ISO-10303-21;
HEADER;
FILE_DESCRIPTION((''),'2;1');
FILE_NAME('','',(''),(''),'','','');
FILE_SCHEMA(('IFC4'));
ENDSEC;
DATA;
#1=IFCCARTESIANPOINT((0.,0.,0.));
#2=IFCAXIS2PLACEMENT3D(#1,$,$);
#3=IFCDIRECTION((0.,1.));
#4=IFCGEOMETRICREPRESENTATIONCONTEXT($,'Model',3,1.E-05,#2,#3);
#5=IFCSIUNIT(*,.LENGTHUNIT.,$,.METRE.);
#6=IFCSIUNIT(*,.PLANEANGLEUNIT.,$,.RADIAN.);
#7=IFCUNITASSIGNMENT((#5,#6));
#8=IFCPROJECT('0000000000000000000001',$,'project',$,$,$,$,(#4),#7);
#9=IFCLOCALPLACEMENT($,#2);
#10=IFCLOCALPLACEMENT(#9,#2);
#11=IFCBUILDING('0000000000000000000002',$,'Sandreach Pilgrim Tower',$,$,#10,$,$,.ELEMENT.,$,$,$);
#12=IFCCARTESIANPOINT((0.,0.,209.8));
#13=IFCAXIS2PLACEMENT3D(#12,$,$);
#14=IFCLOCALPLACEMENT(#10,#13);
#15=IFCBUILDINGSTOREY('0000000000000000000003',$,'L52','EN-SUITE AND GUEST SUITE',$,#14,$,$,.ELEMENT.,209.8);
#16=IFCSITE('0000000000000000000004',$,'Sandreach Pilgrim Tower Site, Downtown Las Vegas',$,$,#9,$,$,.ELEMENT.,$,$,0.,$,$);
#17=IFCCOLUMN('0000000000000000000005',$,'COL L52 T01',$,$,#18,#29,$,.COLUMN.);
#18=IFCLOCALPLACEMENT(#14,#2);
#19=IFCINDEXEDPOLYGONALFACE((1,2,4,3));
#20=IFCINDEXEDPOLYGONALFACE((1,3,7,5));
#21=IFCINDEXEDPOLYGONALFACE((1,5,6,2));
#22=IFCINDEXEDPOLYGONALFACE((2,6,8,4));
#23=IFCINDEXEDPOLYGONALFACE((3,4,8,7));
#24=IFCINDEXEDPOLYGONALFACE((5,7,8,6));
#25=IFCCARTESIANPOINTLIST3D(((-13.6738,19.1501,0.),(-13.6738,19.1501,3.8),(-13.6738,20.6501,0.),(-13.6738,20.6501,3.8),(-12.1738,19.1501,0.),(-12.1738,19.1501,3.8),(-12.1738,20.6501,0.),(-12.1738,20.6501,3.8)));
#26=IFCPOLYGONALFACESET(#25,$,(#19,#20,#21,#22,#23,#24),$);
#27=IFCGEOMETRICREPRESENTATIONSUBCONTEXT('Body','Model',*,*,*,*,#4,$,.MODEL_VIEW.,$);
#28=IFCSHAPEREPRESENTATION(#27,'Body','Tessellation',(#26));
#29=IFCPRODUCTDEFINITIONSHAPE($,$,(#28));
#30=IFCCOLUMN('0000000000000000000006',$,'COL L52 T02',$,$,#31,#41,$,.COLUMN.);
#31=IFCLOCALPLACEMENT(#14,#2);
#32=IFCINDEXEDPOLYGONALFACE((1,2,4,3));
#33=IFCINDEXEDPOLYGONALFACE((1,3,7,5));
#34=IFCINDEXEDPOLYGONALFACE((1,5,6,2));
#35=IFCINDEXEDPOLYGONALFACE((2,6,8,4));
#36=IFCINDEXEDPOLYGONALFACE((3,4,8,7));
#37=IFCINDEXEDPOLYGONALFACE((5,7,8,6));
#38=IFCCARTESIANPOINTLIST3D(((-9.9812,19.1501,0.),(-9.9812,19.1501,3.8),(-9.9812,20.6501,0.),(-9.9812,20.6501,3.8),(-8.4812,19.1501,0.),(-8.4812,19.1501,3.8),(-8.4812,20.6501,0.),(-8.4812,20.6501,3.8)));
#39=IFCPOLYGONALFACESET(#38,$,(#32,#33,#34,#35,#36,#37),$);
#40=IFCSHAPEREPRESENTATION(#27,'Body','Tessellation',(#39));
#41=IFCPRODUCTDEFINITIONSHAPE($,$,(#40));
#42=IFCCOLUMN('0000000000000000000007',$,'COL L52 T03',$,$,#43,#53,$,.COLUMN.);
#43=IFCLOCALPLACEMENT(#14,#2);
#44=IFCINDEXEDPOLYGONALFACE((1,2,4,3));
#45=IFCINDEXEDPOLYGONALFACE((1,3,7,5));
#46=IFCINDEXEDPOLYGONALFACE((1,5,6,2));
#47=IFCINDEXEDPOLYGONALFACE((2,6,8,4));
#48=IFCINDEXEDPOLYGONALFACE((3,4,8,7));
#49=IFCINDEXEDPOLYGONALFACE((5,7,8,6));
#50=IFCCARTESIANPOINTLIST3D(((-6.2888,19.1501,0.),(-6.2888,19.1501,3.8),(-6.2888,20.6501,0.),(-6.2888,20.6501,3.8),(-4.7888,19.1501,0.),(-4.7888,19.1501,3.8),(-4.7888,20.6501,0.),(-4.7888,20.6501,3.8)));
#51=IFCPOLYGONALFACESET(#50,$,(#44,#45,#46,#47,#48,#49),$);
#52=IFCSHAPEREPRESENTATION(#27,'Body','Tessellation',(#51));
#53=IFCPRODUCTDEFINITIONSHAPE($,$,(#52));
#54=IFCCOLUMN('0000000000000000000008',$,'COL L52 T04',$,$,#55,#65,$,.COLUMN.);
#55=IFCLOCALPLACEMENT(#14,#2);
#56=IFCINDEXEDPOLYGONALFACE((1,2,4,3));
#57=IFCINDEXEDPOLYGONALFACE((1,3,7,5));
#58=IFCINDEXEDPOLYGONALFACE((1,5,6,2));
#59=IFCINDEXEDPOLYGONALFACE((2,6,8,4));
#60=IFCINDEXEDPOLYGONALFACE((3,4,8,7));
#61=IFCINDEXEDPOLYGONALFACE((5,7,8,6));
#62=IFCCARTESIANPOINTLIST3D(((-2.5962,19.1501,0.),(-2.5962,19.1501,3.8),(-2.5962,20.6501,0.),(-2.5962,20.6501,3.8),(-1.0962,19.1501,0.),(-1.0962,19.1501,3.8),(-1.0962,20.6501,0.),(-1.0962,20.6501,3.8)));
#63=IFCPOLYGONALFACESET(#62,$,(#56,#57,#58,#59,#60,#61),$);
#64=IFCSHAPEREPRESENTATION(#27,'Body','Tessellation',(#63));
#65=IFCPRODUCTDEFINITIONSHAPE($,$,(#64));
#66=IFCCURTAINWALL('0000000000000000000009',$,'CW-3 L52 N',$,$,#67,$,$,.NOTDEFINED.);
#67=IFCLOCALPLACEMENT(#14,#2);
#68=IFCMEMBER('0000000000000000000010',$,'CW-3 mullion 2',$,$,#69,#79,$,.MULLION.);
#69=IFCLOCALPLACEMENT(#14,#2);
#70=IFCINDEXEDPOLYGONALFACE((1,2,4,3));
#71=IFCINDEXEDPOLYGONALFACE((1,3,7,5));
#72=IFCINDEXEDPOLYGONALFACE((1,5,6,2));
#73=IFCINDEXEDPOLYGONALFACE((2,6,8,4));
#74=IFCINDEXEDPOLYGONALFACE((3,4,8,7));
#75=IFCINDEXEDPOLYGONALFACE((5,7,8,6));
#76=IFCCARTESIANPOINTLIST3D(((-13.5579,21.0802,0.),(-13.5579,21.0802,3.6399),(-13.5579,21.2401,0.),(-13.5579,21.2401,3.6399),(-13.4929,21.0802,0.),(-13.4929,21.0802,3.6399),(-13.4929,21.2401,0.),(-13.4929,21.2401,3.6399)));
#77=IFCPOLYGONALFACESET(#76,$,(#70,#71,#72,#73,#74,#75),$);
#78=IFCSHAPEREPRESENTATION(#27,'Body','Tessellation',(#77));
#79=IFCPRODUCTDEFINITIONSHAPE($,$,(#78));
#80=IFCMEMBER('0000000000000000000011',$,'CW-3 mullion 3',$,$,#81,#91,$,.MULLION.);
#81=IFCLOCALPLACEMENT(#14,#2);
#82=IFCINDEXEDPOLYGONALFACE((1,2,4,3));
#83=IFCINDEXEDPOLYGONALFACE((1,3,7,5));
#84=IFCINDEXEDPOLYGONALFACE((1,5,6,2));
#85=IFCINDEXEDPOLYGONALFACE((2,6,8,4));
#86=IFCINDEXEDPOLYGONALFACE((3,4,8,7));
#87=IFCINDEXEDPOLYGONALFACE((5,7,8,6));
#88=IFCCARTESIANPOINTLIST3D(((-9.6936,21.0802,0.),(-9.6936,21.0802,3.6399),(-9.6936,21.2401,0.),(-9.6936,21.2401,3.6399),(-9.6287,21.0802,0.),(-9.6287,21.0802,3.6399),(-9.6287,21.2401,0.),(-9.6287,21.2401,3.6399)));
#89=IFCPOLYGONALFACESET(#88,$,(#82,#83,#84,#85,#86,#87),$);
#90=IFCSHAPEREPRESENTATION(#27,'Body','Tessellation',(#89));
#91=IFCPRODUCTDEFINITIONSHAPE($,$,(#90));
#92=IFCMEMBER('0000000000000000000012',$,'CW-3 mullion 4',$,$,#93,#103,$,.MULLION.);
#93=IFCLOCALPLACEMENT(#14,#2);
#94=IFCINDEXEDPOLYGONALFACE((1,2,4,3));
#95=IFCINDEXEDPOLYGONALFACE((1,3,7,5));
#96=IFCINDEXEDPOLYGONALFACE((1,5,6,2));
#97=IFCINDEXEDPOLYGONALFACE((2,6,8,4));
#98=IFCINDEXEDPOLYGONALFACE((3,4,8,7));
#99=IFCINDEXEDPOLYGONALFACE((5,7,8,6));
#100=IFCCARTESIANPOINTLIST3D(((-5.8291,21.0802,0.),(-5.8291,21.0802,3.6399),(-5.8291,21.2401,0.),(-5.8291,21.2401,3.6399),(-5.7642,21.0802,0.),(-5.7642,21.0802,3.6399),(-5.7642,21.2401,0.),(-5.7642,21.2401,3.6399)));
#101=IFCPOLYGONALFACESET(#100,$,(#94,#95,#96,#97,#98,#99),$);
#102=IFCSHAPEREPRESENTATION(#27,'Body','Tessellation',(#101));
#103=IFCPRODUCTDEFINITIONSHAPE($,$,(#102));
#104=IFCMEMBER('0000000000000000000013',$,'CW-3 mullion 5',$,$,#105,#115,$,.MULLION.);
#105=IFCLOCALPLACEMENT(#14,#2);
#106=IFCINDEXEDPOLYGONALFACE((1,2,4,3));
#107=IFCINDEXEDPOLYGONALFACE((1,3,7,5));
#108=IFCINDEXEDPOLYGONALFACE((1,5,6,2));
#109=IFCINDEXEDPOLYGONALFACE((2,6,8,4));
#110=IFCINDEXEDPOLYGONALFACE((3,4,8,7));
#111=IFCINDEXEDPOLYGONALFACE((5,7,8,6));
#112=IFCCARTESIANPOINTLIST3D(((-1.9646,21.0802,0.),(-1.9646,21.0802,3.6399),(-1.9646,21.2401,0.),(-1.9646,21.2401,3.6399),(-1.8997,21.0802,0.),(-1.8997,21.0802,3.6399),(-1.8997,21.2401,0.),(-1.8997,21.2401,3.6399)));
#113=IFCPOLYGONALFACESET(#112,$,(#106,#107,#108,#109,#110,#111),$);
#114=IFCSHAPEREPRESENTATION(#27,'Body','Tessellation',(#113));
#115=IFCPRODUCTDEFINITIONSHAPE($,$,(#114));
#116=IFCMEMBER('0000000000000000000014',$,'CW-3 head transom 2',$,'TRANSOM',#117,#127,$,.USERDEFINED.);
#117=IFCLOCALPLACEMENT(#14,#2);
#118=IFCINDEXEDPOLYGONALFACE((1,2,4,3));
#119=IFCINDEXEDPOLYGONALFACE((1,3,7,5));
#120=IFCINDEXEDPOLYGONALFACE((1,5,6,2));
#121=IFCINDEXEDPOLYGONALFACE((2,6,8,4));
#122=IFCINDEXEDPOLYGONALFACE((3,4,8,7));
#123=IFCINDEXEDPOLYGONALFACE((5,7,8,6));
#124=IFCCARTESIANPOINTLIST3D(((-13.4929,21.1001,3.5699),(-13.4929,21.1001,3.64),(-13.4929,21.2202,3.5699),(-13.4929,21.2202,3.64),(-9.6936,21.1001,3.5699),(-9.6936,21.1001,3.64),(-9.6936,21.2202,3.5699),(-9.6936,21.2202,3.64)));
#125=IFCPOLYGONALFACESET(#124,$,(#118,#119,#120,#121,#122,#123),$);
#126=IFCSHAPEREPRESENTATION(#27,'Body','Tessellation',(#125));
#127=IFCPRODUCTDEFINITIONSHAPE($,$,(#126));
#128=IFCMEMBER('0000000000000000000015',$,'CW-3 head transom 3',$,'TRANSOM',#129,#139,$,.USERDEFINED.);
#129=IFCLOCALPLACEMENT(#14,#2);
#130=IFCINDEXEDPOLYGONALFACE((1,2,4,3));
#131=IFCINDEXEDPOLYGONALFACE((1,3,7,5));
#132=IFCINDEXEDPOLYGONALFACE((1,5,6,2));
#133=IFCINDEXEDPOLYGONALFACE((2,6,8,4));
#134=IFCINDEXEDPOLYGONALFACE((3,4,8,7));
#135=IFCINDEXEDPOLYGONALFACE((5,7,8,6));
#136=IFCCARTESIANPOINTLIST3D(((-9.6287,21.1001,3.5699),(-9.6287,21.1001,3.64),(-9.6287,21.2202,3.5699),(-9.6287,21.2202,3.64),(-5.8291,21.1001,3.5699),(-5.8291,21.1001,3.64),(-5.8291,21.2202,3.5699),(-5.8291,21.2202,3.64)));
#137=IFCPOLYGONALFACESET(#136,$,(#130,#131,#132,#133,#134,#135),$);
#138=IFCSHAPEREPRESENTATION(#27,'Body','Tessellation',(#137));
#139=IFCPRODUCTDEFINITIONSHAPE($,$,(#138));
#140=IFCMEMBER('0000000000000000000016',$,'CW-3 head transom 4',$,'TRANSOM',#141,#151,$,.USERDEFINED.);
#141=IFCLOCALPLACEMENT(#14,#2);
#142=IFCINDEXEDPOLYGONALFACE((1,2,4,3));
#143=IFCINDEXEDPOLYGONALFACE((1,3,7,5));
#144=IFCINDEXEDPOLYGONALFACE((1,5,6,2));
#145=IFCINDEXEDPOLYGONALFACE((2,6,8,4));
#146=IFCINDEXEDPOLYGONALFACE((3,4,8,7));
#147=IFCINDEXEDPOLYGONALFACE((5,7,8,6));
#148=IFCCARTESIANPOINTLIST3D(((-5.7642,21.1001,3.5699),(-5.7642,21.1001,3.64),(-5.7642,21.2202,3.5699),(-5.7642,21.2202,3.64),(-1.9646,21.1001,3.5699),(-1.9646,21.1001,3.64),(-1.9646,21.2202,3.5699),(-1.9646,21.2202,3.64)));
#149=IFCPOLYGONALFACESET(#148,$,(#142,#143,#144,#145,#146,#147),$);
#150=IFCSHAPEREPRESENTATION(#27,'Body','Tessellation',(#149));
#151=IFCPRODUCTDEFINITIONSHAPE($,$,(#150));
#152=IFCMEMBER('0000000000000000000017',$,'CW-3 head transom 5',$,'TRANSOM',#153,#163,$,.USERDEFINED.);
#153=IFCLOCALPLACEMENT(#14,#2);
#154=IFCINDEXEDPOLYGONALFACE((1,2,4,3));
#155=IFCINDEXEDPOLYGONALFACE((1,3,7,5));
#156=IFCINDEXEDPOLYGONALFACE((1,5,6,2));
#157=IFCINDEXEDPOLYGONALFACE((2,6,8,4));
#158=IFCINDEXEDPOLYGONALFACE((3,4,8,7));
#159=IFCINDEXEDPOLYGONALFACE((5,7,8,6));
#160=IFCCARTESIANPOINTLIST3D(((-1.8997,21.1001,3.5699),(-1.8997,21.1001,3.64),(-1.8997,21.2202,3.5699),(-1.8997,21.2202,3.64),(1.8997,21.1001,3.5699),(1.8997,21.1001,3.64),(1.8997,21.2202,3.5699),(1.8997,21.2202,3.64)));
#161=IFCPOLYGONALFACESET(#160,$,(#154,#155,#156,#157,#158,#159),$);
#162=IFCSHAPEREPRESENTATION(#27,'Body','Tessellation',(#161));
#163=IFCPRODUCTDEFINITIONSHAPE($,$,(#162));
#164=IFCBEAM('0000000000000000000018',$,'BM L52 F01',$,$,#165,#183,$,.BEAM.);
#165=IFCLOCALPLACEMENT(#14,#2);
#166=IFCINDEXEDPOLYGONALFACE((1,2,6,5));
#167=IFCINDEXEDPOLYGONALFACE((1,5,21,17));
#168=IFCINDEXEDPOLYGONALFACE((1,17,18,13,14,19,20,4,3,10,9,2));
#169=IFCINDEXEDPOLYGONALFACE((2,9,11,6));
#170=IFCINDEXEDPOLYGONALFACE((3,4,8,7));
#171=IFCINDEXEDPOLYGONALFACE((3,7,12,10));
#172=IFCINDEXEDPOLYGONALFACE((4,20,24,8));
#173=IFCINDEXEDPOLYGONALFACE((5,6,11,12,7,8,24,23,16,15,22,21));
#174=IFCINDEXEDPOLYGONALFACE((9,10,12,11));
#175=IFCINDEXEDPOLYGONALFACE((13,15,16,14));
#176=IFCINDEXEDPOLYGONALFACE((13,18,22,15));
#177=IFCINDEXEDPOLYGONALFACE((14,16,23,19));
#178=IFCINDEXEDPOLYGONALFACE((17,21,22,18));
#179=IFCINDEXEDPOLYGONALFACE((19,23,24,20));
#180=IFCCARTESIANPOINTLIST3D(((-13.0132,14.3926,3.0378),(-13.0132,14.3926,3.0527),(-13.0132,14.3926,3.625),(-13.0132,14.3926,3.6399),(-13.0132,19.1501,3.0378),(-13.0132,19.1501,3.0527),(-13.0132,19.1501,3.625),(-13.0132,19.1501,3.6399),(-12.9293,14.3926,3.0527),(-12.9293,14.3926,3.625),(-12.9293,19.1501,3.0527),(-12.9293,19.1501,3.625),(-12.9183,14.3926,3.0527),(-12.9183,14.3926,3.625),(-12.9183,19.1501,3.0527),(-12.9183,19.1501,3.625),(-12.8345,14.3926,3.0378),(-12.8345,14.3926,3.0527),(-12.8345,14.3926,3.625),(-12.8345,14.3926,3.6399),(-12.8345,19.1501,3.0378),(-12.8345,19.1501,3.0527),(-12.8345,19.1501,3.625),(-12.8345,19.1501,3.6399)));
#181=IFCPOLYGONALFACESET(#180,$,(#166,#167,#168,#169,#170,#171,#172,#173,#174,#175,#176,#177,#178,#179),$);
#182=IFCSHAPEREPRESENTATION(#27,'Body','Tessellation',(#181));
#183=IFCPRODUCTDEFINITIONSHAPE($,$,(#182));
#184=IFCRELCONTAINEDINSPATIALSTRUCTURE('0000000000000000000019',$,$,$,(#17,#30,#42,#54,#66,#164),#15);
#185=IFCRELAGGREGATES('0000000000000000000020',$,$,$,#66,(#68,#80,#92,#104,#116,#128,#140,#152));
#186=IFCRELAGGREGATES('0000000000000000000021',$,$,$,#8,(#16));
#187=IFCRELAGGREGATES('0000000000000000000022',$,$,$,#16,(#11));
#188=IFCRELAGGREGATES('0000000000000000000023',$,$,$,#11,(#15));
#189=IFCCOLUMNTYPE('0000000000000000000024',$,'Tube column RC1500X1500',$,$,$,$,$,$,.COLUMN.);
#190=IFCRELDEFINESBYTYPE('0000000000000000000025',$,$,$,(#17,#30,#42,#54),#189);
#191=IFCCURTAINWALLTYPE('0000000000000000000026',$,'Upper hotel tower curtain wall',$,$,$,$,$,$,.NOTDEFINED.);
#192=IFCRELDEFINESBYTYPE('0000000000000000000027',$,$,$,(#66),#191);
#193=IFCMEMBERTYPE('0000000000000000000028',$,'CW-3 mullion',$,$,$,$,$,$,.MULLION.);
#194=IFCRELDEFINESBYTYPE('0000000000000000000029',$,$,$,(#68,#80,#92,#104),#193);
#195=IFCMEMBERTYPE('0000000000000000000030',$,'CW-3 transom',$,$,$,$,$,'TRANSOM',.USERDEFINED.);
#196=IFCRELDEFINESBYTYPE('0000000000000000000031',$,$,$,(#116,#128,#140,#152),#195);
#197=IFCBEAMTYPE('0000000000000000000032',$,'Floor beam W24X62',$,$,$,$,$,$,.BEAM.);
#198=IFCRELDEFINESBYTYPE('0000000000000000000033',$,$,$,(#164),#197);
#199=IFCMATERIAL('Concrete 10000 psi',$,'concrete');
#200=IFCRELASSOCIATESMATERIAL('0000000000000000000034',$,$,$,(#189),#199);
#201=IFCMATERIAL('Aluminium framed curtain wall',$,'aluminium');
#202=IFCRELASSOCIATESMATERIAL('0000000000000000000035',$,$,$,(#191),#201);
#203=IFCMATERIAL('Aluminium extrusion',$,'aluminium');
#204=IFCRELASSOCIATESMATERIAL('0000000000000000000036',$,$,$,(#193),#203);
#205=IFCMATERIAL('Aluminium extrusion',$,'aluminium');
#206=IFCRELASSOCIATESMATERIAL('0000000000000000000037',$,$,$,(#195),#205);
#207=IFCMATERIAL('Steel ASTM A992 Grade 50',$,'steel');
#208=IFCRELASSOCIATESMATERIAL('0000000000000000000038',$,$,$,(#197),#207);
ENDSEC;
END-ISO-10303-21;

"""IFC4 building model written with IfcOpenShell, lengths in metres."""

from ifc_helpers import new_model, si_unit, direction, frame, origin, origin_2d, place, context, subcontext, project, spatial, rectangle, i_section, extrude, material, material_profile, profile_set, type_object, element, aggregate, save


model = new_model("IFC4")

# Units and contexts
model_context = context("Model", 3, precision=1e-05, world=origin(), true_north=direction((0.0, 1.0)))
body_context = subcontext(model_context, "Body", "Model", "MODEL_VIEW")
ifc_project = project(units=[si_unit("LENGTHUNIT", "METRE"), si_unit("PLANEANGLEUNIT", "RADIAN")], contexts=[model_context])

# Site, building, storey
site_placement = place(None, origin())
site = spatial("IfcSite", under=ifc_project, at=site_placement, Name="Sandreach Pilgrim Tower Site, Downtown Las Vegas", CompositionType="ELEMENT", RefElevation=0.0)
building_placement = place(site_placement, origin())
building = spatial("IfcBuilding", under=site, at=building_placement, Name="Sandreach Pilgrim Tower", CompositionType="ELEMENT")
storey_placement = place(building_placement, frame((0.0, 0.0, 209.8)))
storey = spatial("IfcBuildingStorey", under=building, at=storey_placement, Name="L52", Description="EN-SUITE AND GUEST SUITE", CompositionType="ELEMENT", Elevation=209.8)

# Columns
ifc_material_1 = material(Name="Concrete 10000 psi", Category="concrete")
ifc_material_profile_1 = material_profile(ifc_material_1, rectangle(XDim=1.5, YDim=1.5, at=origin_2d()), Name="RC1500X1500")
ifc_profile_set_1 = profile_set([ifc_material_profile_1], Name="Concrete 10000 psi")
column_type = type_object("IfcColumnType", Name="Tube column RC1500X1500", PredefinedType="COLUMN", material=ifc_profile_set_1)
for number, where, z_axis, x_axis, name in (
    (1, (-12.9238, 19.9001, 0.0), (0.0, 0.0, 1.0), (0.0, 1.0, 0.0), "COL L52 T01"),
    (2, (-9.2312, 19.9001, 0.0), (0.0, 0.0, 1.0), (0.0, 1.0, 0.0), "COL L52 T02"),
    (3, (-5.5388, 19.9001, 0.0), (0.0, 0.0, 1.0), (0.0, 1.0, 0.0), "COL L52 T03"),
    (4, (-1.8462, 19.9001, 0.0), (0.0, 0.0, 1.0), (0.0, 1.0, 0.0), "COL L52 T04"),
):
    element("IfcColumn", number, at=place(storey_placement, frame(where, z_axis=z_axis, x_axis=x_axis)), inside=storey, type_object=column_type, Name=name, PredefinedType="COLUMN", context=body_context, shape_type="SweptSolid", body=[
        extrude(rectangle(XDim=1.5, YDim=1.5, at=origin_2d()), origin(), (0.0, 0.0, 1.0), 3.8),
    ])

# Curtain wall, members
ifc_material_2 = material(Name="Aluminium framed curtain wall", Category="aluminium")
curtain_wall_type = type_object("IfcCurtainWallType", Name="Upper hotel tower curtain wall", PredefinedType="NOTDEFINED", material=ifc_material_2)
curtain_wall_placement = place(storey_placement, origin())
curtain_wall = element("IfcCurtainWall", 5, at=curtain_wall_placement, inside=storey, type_object=curtain_wall_type, Name="CW-3 L52 N", PredefinedType="NOTDEFINED")
ifc_material_3 = material(Name="Aluminium extrusion", Category="aluminium")
ifc_material_profile_2 = material_profile(ifc_material_3, rectangle(XDim=0.0649, YDim=0.1599, at=origin_2d()), Name="CW-3M 65X160")
ifc_profile_set_2 = profile_set([ifc_material_profile_2], Name="Aluminium extrusion")
member_type_1 = type_object("IfcMemberType", Name="CW-3 mullion", PredefinedType="MULLION", material=ifc_profile_set_2)
member_1_placement = place(storey_placement, frame((-13.5254, 21.1602, 0.0), z_axis=(0.0, 0.0, 1.0), x_axis=(1.0, 0.0, 0.0)))
member_1 = element("IfcMember", 6, at=member_1_placement, type_object=member_type_1, Name="CW-3 mullion 2", PredefinedType="MULLION", context=body_context, shape_type="SweptSolid", body=[
    extrude(rectangle(XDim=0.0649, YDim=0.1599, at=origin_2d()), origin(), (0.0, 0.0, 1.0), 3.6399),
])
member_2_placement = place(storey_placement, frame((-9.6611, 21.1602, 0.0), z_axis=(0.0, 0.0, 1.0), x_axis=(1.0, 0.0, 0.0)))
member_2 = element("IfcMember", 7, at=member_2_placement, type_object=member_type_1, Name="CW-3 mullion 3", PredefinedType="MULLION", context=body_context, shape_type="SweptSolid", body=[
    extrude(rectangle(XDim=0.0649, YDim=0.1599, at=origin_2d()), origin(), (0.0, 0.0, 1.0), 3.6399),
])
member_3_placement = place(storey_placement, frame((-5.7966, 21.1602, 0.0), z_axis=(0.0, 0.0, 1.0), x_axis=(1.0, 0.0, 0.0)))
member_3 = element("IfcMember", 8, at=member_3_placement, type_object=member_type_1, Name="CW-3 mullion 4", PredefinedType="MULLION", context=body_context, shape_type="SweptSolid", body=[
    extrude(rectangle(XDim=0.0649, YDim=0.1599, at=origin_2d()), origin(), (0.0, 0.0, 1.0), 3.6399),
])
member_4_placement = place(storey_placement, frame((-1.9321, 21.1602, 0.0), z_axis=(0.0, 0.0, 1.0), x_axis=(1.0, 0.0, 0.0)))
member_4 = element("IfcMember", 9, at=member_4_placement, type_object=member_type_1, Name="CW-3 mullion 5", PredefinedType="MULLION", context=body_context, shape_type="SweptSolid", body=[
    extrude(rectangle(XDim=0.0649, YDim=0.1599, at=origin_2d()), origin(), (0.0, 0.0, 1.0), 3.6399),
])
ifc_material_4 = material(Name="Aluminium extrusion", Category="aluminium")
ifc_material_profile_3 = material_profile(ifc_material_4, rectangle(XDim=0.1201, YDim=0.0701, at=origin_2d()), Name="CW-3T 120X70")
ifc_profile_set_3 = profile_set([ifc_material_profile_3], Name="Aluminium extrusion")
member_type_2 = type_object("IfcMemberType", Name="CW-3 transom", ElementType="TRANSOM", PredefinedType="USERDEFINED", material=ifc_profile_set_3)
member_5_placement = place(storey_placement, frame((-13.4929, 21.1602, 3.605), z_axis=(1.0, 0.0, 0.0), x_axis=(0.0, 1.0, 0.0)))
member_5 = element("IfcMember", 10, at=member_5_placement, type_object=member_type_2, Name="CW-3 head transom 2", ObjectType="TRANSOM", PredefinedType="USERDEFINED", context=body_context, shape_type="SweptSolid", body=[
    extrude(rectangle(XDim=0.1201, YDim=0.0701, at=origin_2d()), origin(), (0.0, 0.0, 1.0), 3.7993),
])
member_6_placement = place(storey_placement, frame((-9.6287, 21.1602, 3.605), z_axis=(1.0, 0.0, 0.0), x_axis=(0.0, 1.0, 0.0)))
member_6 = element("IfcMember", 11, at=member_6_placement, type_object=member_type_2, Name="CW-3 head transom 3", ObjectType="TRANSOM", PredefinedType="USERDEFINED", context=body_context, shape_type="SweptSolid", body=[
    extrude(rectangle(XDim=0.1201, YDim=0.0701, at=origin_2d()), origin(), (0.0, 0.0, 1.0), 3.7996),
])
member_7_placement = place(storey_placement, frame((-5.7642, 21.1602, 3.605), z_axis=(1.0, 0.0, 0.0), x_axis=(0.0, 1.0, 0.0)))
member_7 = element("IfcMember", 12, at=member_7_placement, type_object=member_type_2, Name="CW-3 head transom 4", ObjectType="TRANSOM", PredefinedType="USERDEFINED", context=body_context, shape_type="SweptSolid", body=[
    extrude(rectangle(XDim=0.1201, YDim=0.0701, at=origin_2d()), origin(), (0.0, 0.0, 1.0), 3.7996),
])
member_8_placement = place(storey_placement, frame((-1.8997, 21.1602, 3.605), z_axis=(1.0, 0.0, 0.0), x_axis=(0.0, 1.0, 0.0)))
member_8 = element("IfcMember", 13, at=member_8_placement, type_object=member_type_2, Name="CW-3 head transom 5", ObjectType="TRANSOM", PredefinedType="USERDEFINED", context=body_context, shape_type="SweptSolid", body=[
    extrude(rectangle(XDim=0.1201, YDim=0.0701, at=origin_2d()), origin(), (0.0, 0.0, 1.0), 3.7993),
])

# Beam
ifc_material_5 = material(Name="Steel ASTM A992 Grade 50", Category="steel")
ifc_material_profile_4 = material_profile(ifc_material_5, i_section(OverallWidth=0.1787, OverallDepth=0.6021, WebThickness=0.011, FlangeThickness=0.0149, at=origin_2d()), Name="W24X62")
ifc_profile_set_4 = profile_set([ifc_material_profile_4], Name="Steel ASTM A992 Grade 50")
beam_type_1 = type_object("IfcBeamType", Name="Floor beam W24X62", PredefinedType="BEAM", material=ifc_profile_set_4)
beam_1_placement = place(storey_placement, frame((-12.9238, 19.1501, 3.3389), z_axis=(0.0, -1.0, 0.0), x_axis=(1.0, 0.0, 0.0)))
element("IfcBeam", 14, at=beam_1_placement, inside=storey, type_object=beam_type_1, Name="BM L52 F01", PredefinedType="BEAM", context=body_context, shape_type="SweptSolid", body=[
    extrude(i_section(OverallWidth=0.1787, OverallDepth=0.6021, WebThickness=0.011, FlangeThickness=0.0149, at=origin_2d()), origin(), (0.0, 0.0, 1.0), 4.7576),
])

aggregate(curtain_wall, [member_1, member_2, member_3, member_4, member_5, member_6, member_7, member_8])

save(model, "model.ifc")
